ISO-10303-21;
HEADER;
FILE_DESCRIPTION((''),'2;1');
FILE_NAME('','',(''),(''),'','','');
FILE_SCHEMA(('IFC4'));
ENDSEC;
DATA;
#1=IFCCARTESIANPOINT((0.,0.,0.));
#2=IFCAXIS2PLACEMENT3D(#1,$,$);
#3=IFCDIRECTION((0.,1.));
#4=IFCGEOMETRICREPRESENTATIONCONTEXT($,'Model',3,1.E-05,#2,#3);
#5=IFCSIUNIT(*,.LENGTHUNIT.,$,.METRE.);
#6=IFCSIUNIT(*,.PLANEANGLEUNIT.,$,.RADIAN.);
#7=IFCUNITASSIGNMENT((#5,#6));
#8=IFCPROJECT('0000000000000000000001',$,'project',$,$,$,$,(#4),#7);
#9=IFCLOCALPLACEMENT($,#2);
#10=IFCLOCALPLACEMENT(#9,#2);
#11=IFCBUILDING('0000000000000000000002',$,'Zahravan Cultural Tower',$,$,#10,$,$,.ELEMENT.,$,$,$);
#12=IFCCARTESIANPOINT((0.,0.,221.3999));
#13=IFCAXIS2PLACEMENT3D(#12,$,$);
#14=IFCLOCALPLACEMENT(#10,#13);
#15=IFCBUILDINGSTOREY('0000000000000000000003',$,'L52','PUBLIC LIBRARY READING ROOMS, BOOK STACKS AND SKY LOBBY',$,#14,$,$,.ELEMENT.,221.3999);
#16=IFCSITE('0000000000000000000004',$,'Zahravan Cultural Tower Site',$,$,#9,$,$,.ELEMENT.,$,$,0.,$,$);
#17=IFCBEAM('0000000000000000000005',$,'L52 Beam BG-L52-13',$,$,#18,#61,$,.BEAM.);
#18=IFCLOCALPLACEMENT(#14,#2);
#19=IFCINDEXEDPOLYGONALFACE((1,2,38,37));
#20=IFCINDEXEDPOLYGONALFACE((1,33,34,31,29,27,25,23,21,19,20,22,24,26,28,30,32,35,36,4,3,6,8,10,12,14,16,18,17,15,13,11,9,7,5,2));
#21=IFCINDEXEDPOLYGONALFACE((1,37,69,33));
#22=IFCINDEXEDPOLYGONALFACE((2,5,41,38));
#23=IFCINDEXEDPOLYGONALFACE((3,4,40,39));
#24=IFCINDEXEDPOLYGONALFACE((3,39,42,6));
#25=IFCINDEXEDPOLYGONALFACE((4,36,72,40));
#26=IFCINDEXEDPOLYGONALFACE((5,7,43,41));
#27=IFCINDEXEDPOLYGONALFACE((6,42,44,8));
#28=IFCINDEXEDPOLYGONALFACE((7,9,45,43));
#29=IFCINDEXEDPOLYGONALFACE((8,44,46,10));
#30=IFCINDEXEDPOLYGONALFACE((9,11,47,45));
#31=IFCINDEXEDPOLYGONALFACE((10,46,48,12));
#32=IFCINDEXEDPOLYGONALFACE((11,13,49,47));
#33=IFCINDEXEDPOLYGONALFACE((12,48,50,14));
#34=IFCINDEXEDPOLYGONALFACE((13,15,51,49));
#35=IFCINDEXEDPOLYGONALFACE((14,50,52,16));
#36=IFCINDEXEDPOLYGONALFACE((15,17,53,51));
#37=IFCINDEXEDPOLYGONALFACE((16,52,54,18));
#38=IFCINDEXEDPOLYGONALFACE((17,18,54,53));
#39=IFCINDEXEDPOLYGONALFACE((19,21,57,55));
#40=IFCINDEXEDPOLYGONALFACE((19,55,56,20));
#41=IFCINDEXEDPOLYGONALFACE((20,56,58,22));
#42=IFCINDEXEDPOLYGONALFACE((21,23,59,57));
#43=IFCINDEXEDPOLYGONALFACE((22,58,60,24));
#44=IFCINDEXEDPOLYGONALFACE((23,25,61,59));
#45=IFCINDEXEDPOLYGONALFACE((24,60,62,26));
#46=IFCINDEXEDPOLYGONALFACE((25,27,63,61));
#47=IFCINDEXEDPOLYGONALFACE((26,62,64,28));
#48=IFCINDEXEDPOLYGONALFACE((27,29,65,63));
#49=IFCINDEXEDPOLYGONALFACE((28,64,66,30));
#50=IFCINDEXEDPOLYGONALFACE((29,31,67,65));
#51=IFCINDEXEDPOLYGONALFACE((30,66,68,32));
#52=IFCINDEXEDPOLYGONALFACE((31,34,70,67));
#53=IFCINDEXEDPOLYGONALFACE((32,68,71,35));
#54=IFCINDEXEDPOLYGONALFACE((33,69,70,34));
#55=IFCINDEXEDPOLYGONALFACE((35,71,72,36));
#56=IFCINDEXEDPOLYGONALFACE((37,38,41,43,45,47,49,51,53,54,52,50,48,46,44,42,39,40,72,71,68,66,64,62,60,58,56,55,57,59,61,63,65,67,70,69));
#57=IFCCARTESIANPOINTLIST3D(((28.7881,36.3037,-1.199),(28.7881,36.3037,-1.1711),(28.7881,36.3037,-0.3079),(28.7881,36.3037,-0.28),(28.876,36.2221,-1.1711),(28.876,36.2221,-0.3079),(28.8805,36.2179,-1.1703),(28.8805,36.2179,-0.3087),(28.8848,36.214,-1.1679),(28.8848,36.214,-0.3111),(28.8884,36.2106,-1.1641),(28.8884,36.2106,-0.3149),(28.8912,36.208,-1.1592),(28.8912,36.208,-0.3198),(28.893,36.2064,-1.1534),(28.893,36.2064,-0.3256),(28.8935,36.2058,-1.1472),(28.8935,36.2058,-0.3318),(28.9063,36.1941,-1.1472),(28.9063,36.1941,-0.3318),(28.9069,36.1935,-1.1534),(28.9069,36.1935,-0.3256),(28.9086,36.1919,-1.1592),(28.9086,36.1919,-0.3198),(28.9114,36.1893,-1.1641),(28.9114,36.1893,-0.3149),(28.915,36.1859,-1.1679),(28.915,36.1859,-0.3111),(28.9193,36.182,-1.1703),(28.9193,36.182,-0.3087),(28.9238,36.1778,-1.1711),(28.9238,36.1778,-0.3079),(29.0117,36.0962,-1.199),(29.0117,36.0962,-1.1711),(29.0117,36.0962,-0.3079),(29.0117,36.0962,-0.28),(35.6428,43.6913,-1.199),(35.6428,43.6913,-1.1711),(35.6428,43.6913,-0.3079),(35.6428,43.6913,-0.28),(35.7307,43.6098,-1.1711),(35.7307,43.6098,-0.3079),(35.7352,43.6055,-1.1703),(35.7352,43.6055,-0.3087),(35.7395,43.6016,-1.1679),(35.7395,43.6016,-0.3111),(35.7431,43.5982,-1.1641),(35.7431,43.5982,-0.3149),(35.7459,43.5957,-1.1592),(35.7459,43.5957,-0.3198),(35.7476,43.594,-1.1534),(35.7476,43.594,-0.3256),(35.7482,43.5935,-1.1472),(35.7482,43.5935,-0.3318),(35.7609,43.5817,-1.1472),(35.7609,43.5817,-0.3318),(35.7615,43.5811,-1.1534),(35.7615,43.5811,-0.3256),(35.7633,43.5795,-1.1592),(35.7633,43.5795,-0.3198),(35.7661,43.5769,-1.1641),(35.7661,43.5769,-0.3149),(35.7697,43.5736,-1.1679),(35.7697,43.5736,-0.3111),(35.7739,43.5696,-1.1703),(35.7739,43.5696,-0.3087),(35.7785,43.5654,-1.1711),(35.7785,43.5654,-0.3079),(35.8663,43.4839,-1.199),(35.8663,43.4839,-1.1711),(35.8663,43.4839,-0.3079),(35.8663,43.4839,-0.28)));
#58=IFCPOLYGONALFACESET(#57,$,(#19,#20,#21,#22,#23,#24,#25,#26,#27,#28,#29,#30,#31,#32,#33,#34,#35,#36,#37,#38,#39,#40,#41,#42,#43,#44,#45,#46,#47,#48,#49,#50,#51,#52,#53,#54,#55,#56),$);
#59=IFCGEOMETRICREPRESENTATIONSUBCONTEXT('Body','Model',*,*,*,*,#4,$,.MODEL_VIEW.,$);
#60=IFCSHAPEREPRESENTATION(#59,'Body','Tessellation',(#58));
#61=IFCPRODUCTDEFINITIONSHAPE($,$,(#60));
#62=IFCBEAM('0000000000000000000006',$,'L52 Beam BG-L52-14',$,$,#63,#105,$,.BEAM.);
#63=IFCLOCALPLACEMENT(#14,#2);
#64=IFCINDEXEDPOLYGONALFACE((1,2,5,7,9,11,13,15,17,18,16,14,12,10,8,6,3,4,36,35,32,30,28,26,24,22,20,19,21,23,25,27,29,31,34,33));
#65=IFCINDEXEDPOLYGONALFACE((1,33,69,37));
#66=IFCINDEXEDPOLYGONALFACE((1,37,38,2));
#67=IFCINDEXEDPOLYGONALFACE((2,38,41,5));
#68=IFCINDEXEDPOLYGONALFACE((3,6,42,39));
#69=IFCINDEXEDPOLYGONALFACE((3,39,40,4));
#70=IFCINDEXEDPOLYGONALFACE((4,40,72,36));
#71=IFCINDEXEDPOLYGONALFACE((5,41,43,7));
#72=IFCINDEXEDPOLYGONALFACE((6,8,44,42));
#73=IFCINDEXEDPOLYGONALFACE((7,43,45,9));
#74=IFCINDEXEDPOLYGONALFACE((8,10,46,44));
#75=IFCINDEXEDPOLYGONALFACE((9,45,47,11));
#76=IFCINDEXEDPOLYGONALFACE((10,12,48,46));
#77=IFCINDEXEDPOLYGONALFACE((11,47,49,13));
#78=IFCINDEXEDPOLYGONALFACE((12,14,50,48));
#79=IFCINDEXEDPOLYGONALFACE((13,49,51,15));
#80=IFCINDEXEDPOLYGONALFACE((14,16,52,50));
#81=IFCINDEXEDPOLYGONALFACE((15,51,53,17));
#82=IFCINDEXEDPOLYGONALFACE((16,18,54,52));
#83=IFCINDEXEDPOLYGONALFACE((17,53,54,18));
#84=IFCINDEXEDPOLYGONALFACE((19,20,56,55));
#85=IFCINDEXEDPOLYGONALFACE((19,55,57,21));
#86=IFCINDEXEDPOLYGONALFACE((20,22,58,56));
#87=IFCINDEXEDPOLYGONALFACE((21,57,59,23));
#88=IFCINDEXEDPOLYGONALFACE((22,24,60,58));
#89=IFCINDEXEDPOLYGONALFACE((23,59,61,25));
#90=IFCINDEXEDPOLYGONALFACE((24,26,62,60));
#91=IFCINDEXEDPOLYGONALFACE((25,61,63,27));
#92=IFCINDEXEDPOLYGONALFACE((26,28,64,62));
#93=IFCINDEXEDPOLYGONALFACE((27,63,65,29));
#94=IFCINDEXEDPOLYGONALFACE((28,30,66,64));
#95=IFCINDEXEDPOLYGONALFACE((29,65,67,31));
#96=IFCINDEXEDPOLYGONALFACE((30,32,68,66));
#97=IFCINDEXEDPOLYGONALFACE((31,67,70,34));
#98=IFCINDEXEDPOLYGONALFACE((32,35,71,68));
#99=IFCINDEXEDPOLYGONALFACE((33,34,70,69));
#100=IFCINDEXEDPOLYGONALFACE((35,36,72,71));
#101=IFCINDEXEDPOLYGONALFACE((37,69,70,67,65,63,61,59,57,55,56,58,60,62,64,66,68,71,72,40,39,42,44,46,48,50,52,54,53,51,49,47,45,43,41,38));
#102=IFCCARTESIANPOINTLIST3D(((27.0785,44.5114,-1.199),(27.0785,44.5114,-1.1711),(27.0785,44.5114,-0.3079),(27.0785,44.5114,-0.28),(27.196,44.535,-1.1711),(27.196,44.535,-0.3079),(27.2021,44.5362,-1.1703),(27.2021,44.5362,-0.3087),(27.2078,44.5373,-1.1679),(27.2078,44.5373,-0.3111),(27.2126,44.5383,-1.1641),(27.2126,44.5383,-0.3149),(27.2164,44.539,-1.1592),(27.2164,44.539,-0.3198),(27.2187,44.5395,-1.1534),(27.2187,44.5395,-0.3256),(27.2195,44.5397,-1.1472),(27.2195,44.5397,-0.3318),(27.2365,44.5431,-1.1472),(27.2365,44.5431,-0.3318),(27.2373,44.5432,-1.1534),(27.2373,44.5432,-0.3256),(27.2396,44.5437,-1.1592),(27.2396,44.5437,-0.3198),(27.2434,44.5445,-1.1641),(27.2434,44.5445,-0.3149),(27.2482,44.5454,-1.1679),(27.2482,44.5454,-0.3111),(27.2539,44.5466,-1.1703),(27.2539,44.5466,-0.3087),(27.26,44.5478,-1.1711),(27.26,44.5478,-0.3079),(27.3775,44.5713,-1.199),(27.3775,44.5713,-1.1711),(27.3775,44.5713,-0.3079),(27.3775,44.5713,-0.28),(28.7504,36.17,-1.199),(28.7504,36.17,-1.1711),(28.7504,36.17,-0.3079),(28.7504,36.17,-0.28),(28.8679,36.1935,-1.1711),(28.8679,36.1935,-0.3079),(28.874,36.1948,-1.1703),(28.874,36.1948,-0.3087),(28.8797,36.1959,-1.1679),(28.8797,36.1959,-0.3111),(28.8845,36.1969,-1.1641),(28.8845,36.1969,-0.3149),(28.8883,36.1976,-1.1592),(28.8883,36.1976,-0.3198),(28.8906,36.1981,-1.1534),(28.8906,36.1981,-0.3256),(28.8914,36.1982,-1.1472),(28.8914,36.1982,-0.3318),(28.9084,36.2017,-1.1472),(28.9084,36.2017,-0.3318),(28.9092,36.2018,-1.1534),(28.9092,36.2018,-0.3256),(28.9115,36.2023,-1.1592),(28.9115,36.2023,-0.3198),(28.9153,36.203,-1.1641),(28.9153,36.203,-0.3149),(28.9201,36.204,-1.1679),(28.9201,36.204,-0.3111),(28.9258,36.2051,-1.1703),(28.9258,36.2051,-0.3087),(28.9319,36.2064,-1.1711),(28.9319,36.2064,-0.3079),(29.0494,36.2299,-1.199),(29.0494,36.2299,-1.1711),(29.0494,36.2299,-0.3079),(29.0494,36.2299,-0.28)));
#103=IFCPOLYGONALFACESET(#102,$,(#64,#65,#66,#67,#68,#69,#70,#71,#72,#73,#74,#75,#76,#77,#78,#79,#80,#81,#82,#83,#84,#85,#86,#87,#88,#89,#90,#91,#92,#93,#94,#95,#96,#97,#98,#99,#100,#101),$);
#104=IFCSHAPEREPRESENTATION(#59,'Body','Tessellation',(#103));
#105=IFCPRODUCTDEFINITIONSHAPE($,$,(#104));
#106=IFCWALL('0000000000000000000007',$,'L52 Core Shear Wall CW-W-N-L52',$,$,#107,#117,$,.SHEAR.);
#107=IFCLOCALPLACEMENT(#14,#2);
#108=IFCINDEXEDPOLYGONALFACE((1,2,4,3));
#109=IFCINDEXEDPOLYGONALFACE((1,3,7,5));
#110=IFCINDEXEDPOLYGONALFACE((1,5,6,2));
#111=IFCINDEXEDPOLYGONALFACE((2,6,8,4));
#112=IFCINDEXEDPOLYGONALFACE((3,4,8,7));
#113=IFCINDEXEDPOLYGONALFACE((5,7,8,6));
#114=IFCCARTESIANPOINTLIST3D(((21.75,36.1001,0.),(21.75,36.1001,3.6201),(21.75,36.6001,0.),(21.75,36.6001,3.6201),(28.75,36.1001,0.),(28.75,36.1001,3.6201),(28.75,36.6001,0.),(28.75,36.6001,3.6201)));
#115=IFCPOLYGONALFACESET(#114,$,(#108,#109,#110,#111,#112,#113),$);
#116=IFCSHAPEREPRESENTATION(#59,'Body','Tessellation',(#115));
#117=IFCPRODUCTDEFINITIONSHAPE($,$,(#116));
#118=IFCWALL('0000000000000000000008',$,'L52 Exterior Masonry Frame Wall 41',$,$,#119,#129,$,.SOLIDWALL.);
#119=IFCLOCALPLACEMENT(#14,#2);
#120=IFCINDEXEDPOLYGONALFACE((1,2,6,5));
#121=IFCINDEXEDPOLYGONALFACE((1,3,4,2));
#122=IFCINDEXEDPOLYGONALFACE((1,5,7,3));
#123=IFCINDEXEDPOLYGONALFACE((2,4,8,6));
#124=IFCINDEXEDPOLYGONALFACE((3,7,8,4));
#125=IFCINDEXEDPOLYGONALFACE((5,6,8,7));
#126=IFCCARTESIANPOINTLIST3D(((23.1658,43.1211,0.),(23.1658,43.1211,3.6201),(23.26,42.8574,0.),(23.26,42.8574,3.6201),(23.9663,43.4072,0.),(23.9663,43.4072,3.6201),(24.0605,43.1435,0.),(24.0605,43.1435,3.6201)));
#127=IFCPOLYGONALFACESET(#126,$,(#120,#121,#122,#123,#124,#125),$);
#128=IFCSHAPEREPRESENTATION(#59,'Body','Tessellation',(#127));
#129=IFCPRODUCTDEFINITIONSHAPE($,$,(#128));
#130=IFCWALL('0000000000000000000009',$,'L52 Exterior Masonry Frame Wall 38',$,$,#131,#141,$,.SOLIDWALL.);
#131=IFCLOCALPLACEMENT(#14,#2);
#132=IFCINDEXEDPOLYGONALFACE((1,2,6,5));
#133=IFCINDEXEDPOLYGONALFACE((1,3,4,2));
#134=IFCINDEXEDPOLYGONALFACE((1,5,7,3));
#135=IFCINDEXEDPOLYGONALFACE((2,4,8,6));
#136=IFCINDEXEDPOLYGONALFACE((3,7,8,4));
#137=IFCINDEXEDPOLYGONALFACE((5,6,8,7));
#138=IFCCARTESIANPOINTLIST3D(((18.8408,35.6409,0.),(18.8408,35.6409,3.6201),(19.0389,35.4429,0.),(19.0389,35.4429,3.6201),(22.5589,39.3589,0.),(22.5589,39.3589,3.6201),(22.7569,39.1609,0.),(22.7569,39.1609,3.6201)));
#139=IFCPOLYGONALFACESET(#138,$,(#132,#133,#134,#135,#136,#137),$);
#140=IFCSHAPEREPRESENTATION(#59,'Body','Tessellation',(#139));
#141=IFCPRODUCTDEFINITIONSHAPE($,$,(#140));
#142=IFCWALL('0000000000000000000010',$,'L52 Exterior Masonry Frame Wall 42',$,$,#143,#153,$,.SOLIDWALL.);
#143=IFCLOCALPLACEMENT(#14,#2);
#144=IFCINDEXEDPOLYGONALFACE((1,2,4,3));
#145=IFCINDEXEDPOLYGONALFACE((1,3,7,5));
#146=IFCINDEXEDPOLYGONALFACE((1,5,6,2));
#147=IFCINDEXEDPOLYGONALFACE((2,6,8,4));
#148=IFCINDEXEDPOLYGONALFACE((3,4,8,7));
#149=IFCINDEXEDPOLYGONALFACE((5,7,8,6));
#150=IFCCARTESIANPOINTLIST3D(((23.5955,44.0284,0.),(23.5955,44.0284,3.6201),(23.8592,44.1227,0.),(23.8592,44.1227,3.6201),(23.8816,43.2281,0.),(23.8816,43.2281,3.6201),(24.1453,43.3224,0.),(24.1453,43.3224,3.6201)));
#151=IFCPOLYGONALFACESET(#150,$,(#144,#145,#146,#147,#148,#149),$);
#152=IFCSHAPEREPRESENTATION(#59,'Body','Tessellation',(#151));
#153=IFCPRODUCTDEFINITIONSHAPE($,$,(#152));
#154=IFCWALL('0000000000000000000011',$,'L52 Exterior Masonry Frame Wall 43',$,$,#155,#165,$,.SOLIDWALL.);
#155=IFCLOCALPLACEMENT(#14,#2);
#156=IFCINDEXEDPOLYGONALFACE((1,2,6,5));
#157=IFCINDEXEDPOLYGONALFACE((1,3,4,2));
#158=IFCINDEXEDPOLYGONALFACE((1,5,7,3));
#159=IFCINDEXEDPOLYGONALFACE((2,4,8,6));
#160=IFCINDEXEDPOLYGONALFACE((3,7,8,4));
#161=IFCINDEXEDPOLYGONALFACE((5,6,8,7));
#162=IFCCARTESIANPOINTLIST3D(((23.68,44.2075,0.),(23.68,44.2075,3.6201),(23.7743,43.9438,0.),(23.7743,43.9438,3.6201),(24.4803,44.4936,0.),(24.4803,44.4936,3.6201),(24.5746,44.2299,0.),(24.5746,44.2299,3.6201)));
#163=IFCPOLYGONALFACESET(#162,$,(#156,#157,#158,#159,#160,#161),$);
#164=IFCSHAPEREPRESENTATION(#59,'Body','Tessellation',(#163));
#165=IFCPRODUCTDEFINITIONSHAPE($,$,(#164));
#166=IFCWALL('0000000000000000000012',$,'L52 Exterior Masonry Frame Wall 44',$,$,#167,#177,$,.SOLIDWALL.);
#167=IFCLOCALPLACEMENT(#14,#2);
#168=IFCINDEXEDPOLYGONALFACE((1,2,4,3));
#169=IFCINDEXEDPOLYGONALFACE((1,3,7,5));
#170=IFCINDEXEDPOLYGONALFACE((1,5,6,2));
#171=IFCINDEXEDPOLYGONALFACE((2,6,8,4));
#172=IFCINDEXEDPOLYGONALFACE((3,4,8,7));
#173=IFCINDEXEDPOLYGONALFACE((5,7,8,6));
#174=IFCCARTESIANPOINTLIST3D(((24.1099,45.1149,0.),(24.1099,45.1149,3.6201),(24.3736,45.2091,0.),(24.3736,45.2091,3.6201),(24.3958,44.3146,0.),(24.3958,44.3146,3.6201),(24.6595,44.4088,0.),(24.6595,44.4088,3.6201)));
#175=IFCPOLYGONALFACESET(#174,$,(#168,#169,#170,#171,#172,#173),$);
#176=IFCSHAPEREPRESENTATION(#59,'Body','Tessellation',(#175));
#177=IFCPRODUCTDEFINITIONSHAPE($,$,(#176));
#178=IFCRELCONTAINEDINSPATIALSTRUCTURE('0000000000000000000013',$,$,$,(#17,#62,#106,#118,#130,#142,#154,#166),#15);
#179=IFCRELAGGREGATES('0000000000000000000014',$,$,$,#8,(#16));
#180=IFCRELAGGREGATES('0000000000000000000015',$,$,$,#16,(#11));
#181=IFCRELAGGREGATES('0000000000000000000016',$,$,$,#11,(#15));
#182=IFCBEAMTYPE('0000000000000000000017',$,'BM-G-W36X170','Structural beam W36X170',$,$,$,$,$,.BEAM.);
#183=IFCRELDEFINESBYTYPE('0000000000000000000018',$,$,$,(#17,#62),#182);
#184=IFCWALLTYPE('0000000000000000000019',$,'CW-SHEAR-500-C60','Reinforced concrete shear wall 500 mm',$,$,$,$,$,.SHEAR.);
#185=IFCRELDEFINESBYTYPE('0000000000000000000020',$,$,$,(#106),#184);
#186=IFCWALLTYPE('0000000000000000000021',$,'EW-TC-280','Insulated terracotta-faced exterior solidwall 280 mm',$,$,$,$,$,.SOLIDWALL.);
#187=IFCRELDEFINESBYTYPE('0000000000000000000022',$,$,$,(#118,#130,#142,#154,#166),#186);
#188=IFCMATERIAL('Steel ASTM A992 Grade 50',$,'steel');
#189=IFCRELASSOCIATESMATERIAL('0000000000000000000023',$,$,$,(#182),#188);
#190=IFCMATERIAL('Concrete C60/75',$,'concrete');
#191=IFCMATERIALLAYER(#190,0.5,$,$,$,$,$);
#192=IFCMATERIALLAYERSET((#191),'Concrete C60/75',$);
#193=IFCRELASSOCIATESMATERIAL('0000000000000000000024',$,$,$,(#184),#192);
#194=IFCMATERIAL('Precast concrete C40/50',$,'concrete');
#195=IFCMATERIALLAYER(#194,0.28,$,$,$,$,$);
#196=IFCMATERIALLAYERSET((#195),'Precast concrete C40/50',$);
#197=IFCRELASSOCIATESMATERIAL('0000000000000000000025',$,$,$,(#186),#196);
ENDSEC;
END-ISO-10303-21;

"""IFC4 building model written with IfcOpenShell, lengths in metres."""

from ifc_helpers import new_model, si_unit, direction, frame, frame_2d, origin, origin_2d, place, context, subcontext, project, spatial, rectangle, i_section, extrude, source, transform, mapped, material, layer, layer_set, material_profile, profile_set, type_object, element, save


model = new_model("IFC4")

# Units and contexts
model_context = context("Model", 3, precision=1e-05, world=origin(), true_north=direction((0.0, 1.0)))
body_context = subcontext(model_context, "Body", "Model", "MODEL_VIEW")
ifc_project = project(units=[si_unit("LENGTHUNIT", "METRE"), si_unit("PLANEANGLEUNIT", "RADIAN")], contexts=[model_context])

# Site, building, storey
site_placement = place(None, origin())
site = spatial("IfcSite", under=ifc_project, at=site_placement, Name="Zahravan Cultural Tower Site", CompositionType="ELEMENT", RefElevation=0.0)
building_placement = place(site_placement, origin())
building = spatial("IfcBuilding", under=site, at=building_placement, Name="Zahravan Cultural Tower", CompositionType="ELEMENT")
storey_placement = place(building_placement, frame((0.0, 0.0, 221.3999)))
storey = spatial("IfcBuildingStorey", under=building, at=storey_placement, Name="L52", Description="PUBLIC LIBRARY READING ROOMS, BOOK STACKS AND SKY LOBBY", CompositionType="ELEMENT", Elevation=221.3999)

# Shared definitions
ifc_material_1 = material(Name="Steel ASTM A992 Grade 50", Category="steel")

# Beams
ifc_material_profile_1 = material_profile(ifc_material_1, i_section(OverallWidth=0.3049, OverallDepth=0.9189, WebThickness=0.0173, FlangeThickness=0.0278, FilletRadius=0.0239, at=origin_2d()), Name="W36X170")
ifc_profile_set_1 = profile_set([ifc_material_profile_1], Name="Steel ASTM A992 Grade 50")
beam_type_1 = type_object("IfcBeamType", Name="BM-G-W36X170", Description="Structural beam W36X170", PredefinedType="BEAM", material=ifc_profile_set_1)
shared_shape_1 = source(origin(), body_context, "Body", "SweptSolid", [
    extrude(i_section(OverallWidth=0.3049, OverallDepth=0.9189, WebThickness=0.0173, FlangeThickness=0.0278, FilletRadius=0.0239, at=origin_2d()), origin(), (0.0, 0.0, 1.0), 10.0779),
])
beam_1_placement = place(storey_placement, frame((28.8999, 36.2, -0.7395), z_axis=(0.68017, 0.733054, 0.0), x_axis=(-0.733054, 0.68017, 0.0)))
element("IfcBeam", 1, at=beam_1_placement, inside=storey, type_object=beam_type_1, Name="L52 Beam BG-L52-13", PredefinedType="BEAM", context=body_context, shape_type="MappedRepresentation", body=[
    mapped(shared_shape_1, transform((0.0, 0.0, 0.0), x_axis=(1.0, 0.0, 0.0), y_axis=(0.0, 1.0, 0.0), z_axis=(0.0, 0.0, 1.0), scale=1.0)),
])
shared_shape_2 = source(origin(), body_context, "Body", "SweptSolid", [
    extrude(i_section(OverallWidth=0.3049, OverallDepth=0.9189, WebThickness=0.0173, FlangeThickness=0.0278, FilletRadius=0.0239, at=origin_2d()), origin(), (0.0, 0.0, 1.0), 8.5073),
])
beam_2_placement = place(storey_placement, frame((28.8999, 36.2, -0.7395), z_axis=(-0.196525, 0.980499, 0.0), x_axis=(-0.980499, -0.196525, 0.0)))
element("IfcBeam", 2, at=beam_2_placement, inside=storey, type_object=beam_type_1, Name="L52 Beam BG-L52-14", PredefinedType="BEAM", context=body_context, shape_type="MappedRepresentation", body=[
    mapped(shared_shape_2, transform((0.0, 0.0, 0.0), x_axis=(1.0, 0.0, 0.0), y_axis=(0.0, 1.0, 0.0), z_axis=(0.0, 0.0, 1.0), scale=1.0)),
])

# Walls
ifc_material_2 = material(Name="Concrete C60/75", Category="concrete")
ifc_layer_1 = layer(ifc_material_2, 0.5)
ifc_layer_set_1 = layer_set([ifc_layer_1], Name="Concrete C60/75")
wall_type_1 = type_object("IfcWallType", Name="CW-SHEAR-500-C60", Description="Reinforced concrete shear wall 500 mm", PredefinedType="SHEAR", material=ifc_layer_set_1)
shared_shape_3 = source(origin(), body_context, "Body", "SweptSolid", [
    extrude(rectangle(XDim=7.0, YDim=0.5, at=frame_2d((3.5, 0.0))), origin(), (0.0, 0.0, 1.0), 3.6201),
])
wall_1_placement = place(storey_placement, frame((21.75, 36.3501, 0.0), z_axis=(0.0, 0.0, 1.0), x_axis=(1.0, 0.0, 0.0)))
element("IfcWall", 3, at=wall_1_placement, inside=storey, type_object=wall_type_1, Name="L52 Core Shear Wall CW-W-N-L52", PredefinedType="SHEAR", context=body_context, shape_type="MappedRepresentation", body=[
    mapped(shared_shape_3, transform((0.0, 0.0, 0.0), x_axis=(1.0, 0.0, 0.0), y_axis=(0.0, 1.0, 0.0), z_axis=(0.0, 0.0, 1.0), scale=1.0)),
])
ifc_material_3 = material(Name="Precast concrete C40/50", Category="concrete")
ifc_layer_2 = layer(ifc_material_3, 0.28)
ifc_layer_set_2 = layer_set([ifc_layer_2], Name="Precast concrete C40/50")
wall_type_2 = type_object("IfcWallType", Name="EW-TC-280", Description="Insulated terracotta-faced exterior solidwall 280 mm", PredefinedType="SOLIDWALL", material=ifc_layer_set_2)
shared_shape_4 = source(origin(), body_context, "Body", "SweptSolid", [
    extrude(rectangle(XDim=0.8501, YDim=0.28, at=frame_2d((0.425, 0.0))), origin(), (0.0, 0.0, 1.0), 3.6201),
])
wall_2_placement = place(storey_placement, frame((23.2129, 42.9893, 0.0), z_axis=(0.0, 0.0, 1.0), x_axis=(0.941657, 0.336573, 0.0)))
element("IfcWall", 4, at=wall_2_placement, inside=storey, type_object=wall_type_2, Name="L52 Exterior Masonry Frame Wall 41", PredefinedType="SOLIDWALL", context=body_context, shape_type="MappedRepresentation", body=[
    mapped(shared_shape_4, transform((0.0, 0.0, 0.0), x_axis=(1.0, 0.0, 0.0), y_axis=(0.0, 1.0, 0.0), z_axis=(0.0, 0.0, 1.0), scale=1.0)),
])
shared_shape_5 = source(origin(), body_context, "Body", "SweptSolid", [
    extrude(rectangle(XDim=5.2581, YDim=0.28, at=frame_2d((2.6289, 0.0))), origin(), (0.0, 0.0, 1.0), 3.6201),
])
wall_3_placement = place(storey_placement, frame((18.9399, 35.542, 0.0), z_axis=(0.0, 0.0, 1.0), x_axis=(0.707107, 0.707107, 0.0)))
element("IfcWall", 5, at=wall_3_placement, inside=storey, type_object=wall_type_2, Name="L52 Exterior Masonry Frame Wall 38", PredefinedType="SOLIDWALL", context=body_context, shape_type="MappedRepresentation", body=[
    mapped(shared_shape_5, transform((0.0, 0.0, 0.0), x_axis=(1.0, 0.0, 0.0), y_axis=(0.0, 1.0, 0.0), z_axis=(0.0, 0.0, 1.0), scale=1.0)),
])
shared_shape_6 = source(origin(), body_context, "Body", "SweptSolid", [
    extrude(rectangle(XDim=0.8499, YDim=0.28, at=frame_2d((0.4248, 0.0))), origin(), (0.0, 0.0, 1.0), 3.6201),
])
for number, where, z_axis, x_axis, name in (
    (6, (24.0134, 43.2754, 0.0), (0.0, 0.0, 1.0), (-0.336664, 0.941625, 0.0), "L52 Exterior Masonry Frame Wall 42"),
    (7, (23.7273, 44.0757, 0.0), (0.0, 0.0, 1.0), (0.941625, 0.336664, 0.0), "L52 Exterior Masonry Frame Wall 43"),
    (8, (24.5276, 44.3618, 0.0), (0.0, 0.0, 1.0), (-0.336409, 0.941716, 0.0), "L52 Exterior Masonry Frame Wall 44"),
):
    element("IfcWall", number, at=place(storey_placement, frame(where, z_axis=z_axis, x_axis=x_axis)), inside=storey, type_object=wall_type_2, Name=name, PredefinedType="SOLIDWALL", context=body_context, shape_type="MappedRepresentation", body=[
        mapped(shared_shape_6, transform((0.0, 0.0, 0.0), x_axis=(1.0, 0.0, 0.0), y_axis=(0.0, 1.0, 0.0), z_axis=(0.0, 0.0, 1.0), scale=1.0)),
    ])

save(model, "model.ifc")
